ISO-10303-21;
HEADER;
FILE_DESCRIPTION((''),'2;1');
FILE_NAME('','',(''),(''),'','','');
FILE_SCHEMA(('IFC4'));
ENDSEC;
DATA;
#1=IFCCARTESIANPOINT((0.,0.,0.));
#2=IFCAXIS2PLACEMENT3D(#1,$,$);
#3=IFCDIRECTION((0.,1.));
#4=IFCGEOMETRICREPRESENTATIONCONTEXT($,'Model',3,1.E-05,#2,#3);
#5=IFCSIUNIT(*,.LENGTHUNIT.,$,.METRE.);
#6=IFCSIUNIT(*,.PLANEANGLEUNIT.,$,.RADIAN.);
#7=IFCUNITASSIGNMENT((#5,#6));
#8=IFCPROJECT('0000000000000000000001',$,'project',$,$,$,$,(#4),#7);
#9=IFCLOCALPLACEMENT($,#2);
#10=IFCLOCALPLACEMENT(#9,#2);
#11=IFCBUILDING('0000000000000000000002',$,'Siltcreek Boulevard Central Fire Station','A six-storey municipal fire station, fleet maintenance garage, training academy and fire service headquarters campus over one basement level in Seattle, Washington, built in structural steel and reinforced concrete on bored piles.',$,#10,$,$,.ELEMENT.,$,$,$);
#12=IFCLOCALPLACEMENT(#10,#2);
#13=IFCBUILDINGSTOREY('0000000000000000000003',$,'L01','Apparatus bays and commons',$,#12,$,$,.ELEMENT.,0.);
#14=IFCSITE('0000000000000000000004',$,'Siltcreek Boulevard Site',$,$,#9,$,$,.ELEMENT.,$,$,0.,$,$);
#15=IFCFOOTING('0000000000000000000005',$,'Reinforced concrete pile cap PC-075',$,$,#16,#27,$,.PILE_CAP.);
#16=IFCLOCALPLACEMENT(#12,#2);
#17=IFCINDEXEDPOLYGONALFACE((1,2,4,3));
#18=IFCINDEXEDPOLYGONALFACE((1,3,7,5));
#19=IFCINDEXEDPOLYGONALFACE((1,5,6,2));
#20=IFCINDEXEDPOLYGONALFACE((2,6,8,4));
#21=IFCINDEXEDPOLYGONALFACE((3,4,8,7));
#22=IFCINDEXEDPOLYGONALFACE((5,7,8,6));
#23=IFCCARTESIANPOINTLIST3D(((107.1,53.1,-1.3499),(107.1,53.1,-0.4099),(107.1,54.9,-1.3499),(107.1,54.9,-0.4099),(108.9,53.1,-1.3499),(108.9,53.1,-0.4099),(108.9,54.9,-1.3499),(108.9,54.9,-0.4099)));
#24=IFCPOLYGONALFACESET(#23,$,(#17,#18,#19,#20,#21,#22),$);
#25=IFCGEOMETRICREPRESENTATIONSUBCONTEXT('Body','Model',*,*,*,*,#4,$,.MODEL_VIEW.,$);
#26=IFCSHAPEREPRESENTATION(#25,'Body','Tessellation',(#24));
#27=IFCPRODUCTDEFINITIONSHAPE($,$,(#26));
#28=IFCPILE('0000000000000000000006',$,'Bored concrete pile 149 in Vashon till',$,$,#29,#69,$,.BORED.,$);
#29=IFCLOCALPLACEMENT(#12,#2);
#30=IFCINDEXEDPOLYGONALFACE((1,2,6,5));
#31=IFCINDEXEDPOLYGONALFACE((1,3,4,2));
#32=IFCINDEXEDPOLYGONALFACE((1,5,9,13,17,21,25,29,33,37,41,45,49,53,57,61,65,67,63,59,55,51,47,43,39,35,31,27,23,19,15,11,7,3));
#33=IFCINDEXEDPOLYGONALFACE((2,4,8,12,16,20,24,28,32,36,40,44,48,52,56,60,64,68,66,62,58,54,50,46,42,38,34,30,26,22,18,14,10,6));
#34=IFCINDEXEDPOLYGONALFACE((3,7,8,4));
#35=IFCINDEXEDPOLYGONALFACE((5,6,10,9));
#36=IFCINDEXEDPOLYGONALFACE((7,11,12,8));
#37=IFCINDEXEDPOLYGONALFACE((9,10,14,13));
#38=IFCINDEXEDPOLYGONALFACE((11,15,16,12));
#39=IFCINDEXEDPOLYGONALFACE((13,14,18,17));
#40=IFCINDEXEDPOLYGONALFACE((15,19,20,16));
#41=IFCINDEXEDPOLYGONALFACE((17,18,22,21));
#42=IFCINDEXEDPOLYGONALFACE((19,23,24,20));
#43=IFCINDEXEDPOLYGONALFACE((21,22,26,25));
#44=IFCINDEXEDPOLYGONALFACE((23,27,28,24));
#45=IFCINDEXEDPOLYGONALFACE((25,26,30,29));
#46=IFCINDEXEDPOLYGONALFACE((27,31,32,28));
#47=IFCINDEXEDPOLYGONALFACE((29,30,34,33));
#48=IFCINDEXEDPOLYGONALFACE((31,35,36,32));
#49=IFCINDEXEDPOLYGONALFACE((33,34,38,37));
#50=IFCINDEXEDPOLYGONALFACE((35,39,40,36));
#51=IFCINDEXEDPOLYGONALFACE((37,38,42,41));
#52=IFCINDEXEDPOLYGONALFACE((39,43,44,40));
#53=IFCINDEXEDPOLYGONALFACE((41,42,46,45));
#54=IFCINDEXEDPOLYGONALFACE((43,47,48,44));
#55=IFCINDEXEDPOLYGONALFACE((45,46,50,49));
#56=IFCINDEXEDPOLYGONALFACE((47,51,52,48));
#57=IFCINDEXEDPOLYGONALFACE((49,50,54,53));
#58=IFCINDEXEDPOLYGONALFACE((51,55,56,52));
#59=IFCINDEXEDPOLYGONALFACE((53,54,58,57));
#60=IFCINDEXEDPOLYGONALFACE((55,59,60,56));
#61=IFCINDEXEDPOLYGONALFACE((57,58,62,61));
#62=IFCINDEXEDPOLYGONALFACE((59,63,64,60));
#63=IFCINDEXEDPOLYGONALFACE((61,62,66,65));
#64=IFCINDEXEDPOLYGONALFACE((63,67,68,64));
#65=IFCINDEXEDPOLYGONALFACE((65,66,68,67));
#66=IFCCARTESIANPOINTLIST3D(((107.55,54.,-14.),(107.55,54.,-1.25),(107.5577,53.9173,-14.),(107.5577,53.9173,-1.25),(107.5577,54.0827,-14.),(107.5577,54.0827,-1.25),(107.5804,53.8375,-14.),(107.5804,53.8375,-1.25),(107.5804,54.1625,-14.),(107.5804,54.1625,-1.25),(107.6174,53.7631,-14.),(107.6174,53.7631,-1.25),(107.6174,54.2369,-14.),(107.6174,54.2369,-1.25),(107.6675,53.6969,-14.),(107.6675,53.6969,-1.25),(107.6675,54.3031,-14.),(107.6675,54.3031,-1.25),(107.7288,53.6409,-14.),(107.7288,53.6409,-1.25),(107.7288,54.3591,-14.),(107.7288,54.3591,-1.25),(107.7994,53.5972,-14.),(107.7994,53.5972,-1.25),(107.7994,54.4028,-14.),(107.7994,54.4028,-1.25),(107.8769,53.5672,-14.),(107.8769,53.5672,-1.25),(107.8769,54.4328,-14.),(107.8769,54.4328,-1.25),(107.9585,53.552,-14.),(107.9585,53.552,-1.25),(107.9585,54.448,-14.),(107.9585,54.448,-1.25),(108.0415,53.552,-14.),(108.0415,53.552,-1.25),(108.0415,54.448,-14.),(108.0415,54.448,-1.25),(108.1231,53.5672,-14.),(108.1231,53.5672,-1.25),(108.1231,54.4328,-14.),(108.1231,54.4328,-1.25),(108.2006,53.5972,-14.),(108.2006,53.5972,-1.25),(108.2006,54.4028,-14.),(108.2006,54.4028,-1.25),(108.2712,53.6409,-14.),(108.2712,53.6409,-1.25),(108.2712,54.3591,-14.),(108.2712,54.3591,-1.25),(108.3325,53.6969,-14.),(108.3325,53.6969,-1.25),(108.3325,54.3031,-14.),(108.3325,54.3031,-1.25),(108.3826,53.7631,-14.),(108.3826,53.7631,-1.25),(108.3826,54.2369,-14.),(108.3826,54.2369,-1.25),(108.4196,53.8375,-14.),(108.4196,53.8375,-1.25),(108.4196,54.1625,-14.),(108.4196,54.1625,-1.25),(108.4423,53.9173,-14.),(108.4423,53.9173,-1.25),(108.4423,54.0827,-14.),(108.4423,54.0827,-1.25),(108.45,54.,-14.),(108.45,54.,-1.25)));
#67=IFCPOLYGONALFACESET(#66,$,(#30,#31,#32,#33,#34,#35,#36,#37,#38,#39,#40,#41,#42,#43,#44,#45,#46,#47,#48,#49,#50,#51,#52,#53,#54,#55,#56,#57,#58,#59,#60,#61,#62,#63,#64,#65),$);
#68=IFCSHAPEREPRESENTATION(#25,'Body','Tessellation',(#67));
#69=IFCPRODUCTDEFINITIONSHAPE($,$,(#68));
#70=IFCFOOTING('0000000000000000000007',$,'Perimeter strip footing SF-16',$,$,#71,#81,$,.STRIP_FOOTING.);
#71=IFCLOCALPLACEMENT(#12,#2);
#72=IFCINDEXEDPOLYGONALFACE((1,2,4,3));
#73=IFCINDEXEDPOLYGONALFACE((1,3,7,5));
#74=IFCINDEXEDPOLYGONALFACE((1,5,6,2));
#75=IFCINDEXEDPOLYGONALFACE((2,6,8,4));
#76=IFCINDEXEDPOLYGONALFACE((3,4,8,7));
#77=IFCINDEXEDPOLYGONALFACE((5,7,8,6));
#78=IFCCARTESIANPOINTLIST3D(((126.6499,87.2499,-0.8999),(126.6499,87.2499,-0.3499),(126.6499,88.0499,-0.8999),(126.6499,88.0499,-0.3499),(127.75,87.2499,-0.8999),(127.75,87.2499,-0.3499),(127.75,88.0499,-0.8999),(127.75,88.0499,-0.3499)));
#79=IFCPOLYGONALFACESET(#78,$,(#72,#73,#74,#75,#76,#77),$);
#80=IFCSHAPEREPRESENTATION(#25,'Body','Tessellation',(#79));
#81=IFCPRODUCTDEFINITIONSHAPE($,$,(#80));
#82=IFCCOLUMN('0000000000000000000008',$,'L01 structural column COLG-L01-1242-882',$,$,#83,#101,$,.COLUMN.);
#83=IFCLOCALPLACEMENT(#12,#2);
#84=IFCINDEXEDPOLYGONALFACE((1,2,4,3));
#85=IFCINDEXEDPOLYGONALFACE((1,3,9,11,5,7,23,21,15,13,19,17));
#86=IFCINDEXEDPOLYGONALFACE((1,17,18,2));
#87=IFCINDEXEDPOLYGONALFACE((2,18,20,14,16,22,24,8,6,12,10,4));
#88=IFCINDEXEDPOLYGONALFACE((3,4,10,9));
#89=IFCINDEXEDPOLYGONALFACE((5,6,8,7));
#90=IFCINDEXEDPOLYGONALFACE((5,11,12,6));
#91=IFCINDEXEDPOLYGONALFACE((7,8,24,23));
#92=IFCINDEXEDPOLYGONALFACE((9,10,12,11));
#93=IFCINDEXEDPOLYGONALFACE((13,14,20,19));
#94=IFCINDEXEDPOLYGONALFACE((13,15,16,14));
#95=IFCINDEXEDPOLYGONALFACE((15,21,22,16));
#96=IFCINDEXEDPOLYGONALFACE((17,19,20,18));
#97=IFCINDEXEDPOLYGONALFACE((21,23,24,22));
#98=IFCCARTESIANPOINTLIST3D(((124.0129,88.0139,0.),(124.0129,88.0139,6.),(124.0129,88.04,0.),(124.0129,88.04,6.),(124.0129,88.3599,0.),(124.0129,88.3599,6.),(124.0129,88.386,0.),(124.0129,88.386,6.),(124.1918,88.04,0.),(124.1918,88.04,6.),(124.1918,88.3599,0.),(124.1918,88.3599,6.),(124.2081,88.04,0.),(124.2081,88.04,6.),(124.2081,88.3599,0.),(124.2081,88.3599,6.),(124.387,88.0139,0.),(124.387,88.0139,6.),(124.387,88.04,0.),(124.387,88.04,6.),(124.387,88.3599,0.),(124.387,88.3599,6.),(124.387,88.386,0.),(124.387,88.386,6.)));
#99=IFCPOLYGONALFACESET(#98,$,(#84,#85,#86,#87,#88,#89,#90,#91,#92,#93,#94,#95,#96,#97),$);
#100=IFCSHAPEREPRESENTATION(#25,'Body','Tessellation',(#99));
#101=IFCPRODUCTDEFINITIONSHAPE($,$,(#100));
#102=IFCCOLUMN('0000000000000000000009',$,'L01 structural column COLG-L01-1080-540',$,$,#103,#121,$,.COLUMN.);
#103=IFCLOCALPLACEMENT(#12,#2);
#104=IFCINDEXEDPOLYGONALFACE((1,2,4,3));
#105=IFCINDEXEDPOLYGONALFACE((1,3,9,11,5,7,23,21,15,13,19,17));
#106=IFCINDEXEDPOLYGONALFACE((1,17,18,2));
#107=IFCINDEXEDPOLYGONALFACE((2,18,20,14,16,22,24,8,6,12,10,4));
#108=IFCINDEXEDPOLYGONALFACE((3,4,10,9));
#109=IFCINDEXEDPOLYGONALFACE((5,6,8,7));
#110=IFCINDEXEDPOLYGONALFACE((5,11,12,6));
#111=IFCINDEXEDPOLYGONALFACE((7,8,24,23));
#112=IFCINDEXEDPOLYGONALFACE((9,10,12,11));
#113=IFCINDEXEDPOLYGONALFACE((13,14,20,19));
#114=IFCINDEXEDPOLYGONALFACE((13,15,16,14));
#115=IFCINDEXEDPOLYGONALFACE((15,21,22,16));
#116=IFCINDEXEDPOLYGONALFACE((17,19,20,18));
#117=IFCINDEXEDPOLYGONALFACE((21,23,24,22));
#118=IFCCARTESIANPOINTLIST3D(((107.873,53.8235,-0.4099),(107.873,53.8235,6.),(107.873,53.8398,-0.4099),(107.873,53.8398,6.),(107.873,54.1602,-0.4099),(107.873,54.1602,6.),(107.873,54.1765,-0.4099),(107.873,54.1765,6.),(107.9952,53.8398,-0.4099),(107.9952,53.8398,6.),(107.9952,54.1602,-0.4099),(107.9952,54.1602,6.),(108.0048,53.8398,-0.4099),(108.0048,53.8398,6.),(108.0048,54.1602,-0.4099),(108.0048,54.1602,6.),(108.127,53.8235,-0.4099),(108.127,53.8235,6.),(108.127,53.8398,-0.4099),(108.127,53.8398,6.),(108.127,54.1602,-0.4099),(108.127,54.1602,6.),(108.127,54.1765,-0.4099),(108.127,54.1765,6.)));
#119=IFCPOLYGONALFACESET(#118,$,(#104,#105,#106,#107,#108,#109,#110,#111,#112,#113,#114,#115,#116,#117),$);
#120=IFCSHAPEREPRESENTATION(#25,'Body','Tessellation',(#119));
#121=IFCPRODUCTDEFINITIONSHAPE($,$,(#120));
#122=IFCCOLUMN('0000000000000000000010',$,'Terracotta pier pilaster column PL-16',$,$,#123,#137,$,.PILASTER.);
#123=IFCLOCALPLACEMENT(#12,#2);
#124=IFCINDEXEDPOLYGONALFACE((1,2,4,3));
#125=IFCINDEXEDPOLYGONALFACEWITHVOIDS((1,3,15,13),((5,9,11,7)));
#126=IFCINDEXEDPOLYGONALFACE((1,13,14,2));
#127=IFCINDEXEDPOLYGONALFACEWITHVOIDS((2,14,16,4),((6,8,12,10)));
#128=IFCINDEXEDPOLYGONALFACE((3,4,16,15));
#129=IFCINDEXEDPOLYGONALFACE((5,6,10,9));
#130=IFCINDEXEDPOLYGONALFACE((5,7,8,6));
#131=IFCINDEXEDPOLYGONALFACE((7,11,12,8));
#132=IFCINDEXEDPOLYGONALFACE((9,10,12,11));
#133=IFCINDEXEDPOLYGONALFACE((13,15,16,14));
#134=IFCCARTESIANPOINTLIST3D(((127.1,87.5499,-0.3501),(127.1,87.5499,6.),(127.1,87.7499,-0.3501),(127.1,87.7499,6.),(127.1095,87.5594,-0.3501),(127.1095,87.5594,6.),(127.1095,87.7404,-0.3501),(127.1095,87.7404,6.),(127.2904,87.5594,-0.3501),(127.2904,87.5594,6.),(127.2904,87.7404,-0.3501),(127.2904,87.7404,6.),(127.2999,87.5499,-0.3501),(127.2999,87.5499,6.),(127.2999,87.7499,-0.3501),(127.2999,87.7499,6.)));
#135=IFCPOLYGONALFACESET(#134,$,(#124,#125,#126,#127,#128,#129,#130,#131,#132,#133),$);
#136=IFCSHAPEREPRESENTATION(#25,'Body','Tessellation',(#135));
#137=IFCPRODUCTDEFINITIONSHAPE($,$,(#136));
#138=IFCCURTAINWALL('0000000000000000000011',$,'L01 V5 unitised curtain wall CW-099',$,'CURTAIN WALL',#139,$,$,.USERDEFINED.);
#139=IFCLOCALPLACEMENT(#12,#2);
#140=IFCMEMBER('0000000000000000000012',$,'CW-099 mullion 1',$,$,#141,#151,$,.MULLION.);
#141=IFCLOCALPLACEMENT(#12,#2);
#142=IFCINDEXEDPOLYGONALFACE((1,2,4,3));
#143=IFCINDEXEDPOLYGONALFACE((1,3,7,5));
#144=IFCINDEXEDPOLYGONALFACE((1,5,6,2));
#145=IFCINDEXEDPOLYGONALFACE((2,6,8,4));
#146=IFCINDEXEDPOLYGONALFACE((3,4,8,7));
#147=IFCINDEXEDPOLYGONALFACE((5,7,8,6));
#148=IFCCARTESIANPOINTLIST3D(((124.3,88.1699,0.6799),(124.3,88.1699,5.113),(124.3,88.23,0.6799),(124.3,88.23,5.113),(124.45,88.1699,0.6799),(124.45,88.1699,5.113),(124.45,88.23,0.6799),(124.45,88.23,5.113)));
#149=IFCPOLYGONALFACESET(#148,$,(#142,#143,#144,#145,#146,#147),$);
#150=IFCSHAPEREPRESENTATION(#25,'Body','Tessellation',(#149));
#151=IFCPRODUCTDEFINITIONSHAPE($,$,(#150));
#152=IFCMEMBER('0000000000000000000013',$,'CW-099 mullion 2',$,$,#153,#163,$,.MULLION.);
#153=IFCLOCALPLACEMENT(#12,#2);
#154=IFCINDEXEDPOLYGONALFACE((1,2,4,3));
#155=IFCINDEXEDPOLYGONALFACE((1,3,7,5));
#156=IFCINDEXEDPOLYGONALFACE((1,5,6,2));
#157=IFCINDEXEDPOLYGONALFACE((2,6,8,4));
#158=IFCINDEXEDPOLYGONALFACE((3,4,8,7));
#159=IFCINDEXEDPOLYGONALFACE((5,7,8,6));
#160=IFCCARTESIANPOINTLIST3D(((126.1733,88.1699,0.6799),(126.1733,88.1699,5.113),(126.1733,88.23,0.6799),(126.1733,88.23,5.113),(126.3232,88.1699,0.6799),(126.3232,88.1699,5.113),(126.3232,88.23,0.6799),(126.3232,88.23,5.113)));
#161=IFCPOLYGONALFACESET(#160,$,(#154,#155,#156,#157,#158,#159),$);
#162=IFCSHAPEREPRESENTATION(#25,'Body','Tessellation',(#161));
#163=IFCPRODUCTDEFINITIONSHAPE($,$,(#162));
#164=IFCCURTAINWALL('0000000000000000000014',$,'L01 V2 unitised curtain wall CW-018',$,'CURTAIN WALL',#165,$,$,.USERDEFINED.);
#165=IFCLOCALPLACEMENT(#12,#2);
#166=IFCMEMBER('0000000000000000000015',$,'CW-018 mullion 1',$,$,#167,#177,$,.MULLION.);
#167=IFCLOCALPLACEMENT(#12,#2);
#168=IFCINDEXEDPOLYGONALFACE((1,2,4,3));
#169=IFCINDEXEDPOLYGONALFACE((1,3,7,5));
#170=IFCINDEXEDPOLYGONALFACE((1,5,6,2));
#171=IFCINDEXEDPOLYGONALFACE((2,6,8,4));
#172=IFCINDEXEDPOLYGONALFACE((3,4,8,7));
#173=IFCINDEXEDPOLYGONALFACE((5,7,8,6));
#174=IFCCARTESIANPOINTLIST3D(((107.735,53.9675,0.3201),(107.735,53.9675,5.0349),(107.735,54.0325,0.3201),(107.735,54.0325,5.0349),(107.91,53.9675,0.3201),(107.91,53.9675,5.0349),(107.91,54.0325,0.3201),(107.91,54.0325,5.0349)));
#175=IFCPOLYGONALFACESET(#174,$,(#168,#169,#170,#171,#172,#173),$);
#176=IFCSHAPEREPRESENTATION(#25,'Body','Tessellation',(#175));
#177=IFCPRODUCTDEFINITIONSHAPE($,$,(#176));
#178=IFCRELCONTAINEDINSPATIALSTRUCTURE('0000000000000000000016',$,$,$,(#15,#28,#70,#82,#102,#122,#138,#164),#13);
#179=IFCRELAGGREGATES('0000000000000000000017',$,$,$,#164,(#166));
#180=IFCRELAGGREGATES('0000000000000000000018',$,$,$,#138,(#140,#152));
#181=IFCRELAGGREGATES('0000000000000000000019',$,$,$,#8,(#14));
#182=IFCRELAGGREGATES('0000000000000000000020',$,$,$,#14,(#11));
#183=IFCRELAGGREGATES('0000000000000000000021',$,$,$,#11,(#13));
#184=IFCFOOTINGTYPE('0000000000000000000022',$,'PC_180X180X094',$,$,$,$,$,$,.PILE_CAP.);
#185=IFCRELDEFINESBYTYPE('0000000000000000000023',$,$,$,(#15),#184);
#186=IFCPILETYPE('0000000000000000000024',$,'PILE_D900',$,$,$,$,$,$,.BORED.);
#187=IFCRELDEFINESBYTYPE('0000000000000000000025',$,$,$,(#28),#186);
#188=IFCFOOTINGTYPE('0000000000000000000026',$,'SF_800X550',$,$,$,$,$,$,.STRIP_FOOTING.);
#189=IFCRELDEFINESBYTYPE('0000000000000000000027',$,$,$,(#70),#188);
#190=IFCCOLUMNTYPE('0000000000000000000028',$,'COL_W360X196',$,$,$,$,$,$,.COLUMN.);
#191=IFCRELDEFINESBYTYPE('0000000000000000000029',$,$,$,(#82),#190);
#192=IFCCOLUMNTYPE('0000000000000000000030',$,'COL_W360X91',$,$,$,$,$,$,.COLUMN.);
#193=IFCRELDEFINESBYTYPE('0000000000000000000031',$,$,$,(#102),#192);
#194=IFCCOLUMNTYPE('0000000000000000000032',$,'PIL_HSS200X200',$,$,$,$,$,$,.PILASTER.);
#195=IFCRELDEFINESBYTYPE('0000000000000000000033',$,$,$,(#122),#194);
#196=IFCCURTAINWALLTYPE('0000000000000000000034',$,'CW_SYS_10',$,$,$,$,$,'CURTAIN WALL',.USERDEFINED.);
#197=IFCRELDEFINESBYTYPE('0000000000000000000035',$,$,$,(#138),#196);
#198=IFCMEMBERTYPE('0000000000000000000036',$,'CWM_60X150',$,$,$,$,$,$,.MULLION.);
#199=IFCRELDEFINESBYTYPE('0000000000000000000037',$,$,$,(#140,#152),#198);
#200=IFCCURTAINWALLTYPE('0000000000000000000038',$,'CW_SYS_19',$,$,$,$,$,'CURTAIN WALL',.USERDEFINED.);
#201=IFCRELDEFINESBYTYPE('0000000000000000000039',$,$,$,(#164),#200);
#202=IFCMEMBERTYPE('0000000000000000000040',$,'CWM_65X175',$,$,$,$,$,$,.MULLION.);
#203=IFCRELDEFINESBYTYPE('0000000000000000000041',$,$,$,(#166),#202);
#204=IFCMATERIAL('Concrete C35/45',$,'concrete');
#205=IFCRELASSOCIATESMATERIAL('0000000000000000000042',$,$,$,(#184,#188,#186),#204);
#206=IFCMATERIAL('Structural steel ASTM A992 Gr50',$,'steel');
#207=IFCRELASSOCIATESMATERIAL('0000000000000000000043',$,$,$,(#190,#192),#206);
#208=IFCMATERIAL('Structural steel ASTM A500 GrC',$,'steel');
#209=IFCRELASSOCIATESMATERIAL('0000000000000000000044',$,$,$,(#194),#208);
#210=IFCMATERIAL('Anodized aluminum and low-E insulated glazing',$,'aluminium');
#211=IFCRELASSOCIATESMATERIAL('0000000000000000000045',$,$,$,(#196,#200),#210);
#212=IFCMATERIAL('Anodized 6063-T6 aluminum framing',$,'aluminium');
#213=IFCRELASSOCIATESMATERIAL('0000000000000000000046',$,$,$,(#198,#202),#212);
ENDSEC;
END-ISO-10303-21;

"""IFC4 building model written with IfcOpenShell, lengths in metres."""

from ifc_helpers import new_model, si_unit, direction, frame, origin, origin_2d, place, context, subcontext, project, spatial, rectangle, hollow_rectangle, circle, i_section, extrude, material, material_profile, profile_set, type_object, element, aggregate, save


model = new_model("IFC4")

# Units and contexts
model_context = context("Model", 3, precision=1e-05, world=origin(), true_north=direction((0.0, 1.0)))
body_context = subcontext(model_context, "Body", "Model", "MODEL_VIEW")
ifc_project = project(units=[si_unit("LENGTHUNIT", "METRE"), si_unit("PLANEANGLEUNIT", "RADIAN")], contexts=[model_context])

# Site, building, storey
site_placement = place(None, origin())
site = spatial("IfcSite", under=ifc_project, at=site_placement, Name="Siltcreek Boulevard Site", CompositionType="ELEMENT", RefElevation=0.0)
building_placement = place(site_placement, origin())
building = spatial("IfcBuilding", under=site, at=building_placement, Name="Siltcreek Boulevard Central Fire Station", Description="A six-storey municipal fire station, fleet maintenance garage, training academy and fire service headquarters campus over one basement level in Seattle, Washington, built in structural steel and reinforced concrete on bored piles.", CompositionType="ELEMENT")
storey_placement = place(building_placement, origin())
storey = spatial("IfcBuildingStorey", under=building, at=storey_placement, Name="L01", Description="Apparatus bays and commons", CompositionType="ELEMENT", Elevation=0.0)

# Footing
ifc_material_1 = material(Name="Concrete C35/45", Category="concrete")
footing_type_1 = type_object("IfcFootingType", Name="PC_180X180X094", PredefinedType="PILE_CAP", material=ifc_material_1)
footing_1_placement = place(storey_placement, frame((108.0, 54.0, -1.3499), z_axis=(0.0, 0.0, 1.0), x_axis=(1.0, 0.0, 0.0)))
element("IfcFooting", 1, at=footing_1_placement, inside=storey, type_object=footing_type_1, Name="Reinforced concrete pile cap PC-075", PredefinedType="PILE_CAP", context=body_context, shape_type="SweptSolid", body=[
    extrude(rectangle(XDim=1.8, YDim=1.8, at=origin_2d()), origin(), (0.0, 0.0, 1.0), 0.9399),
])

# Pile
ifc_material_profile_1 = material_profile(ifc_material_1, circle(Radius=0.45, at=origin_2d()), Name="SHAFT900")
ifc_profile_set_1 = profile_set([ifc_material_profile_1], Name="Concrete C35/45")
pile_type = type_object("IfcPileType", Name="PILE_D900", PredefinedType="BORED", material=ifc_profile_set_1)
pile_placement = place(storey_placement, frame((108.0, 54.0, -1.25), z_axis=(0.0, 0.0, -1.0), x_axis=(1.0, 0.0, 0.0)))
element("IfcPile", 2, at=pile_placement, inside=storey, type_object=pile_type, Name="Bored concrete pile 149 in Vashon till", PredefinedType="BORED", context=body_context, shape_type="SweptSolid", body=[
    extrude(circle(Radius=0.45, at=origin_2d()), origin(), (0.0, 0.0, 1.0), 12.75),
])

# Footing
footing_type_2 = type_object("IfcFootingType", Name="SF_800X550", PredefinedType="STRIP_FOOTING", material=ifc_material_1)
footing_2_placement = place(storey_placement, frame((127.2, 87.6499, -0.8999), z_axis=(0.0, 0.0, 1.0), x_axis=(1.0, 0.0, 0.0)))
element("IfcFooting", 3, at=footing_2_placement, inside=storey, type_object=footing_type_2, Name="Perimeter strip footing SF-16", PredefinedType="STRIP_FOOTING", context=body_context, shape_type="SweptSolid", body=[
    extrude(rectangle(XDim=1.1001, YDim=0.8, at=origin_2d()), origin(), (0.0, 0.0, 1.0), 0.55),
])

# Columns
ifc_material_2 = material(Name="Structural steel ASTM A992 Gr50", Category="steel")
ifc_material_profile_2 = material_profile(ifc_material_2, i_section(OverallWidth=0.374, OverallDepth=0.3721, WebThickness=0.0164, FlangeThickness=0.0261, at=origin_2d()), Name="W360X196")
ifc_profile_set_2 = profile_set([ifc_material_profile_2], Name="Structural steel ASTM A992 Gr50")
column_type_1 = type_object("IfcColumnType", Name="COL_W360X196", PredefinedType="COLUMN", material=ifc_profile_set_2)
column_1_placement = place(storey_placement, frame((124.2, 88.2, 0.0), z_axis=(0.0, 0.0, 1.0), x_axis=(1.0, 0.0, 0.0)))
element("IfcColumn", 4, at=column_1_placement, inside=storey, type_object=column_type_1, Name="L01 structural column COLG-L01-1242-882", PredefinedType="COLUMN", context=body_context, shape_type="SweptSolid", body=[
    extrude(i_section(OverallWidth=0.374, OverallDepth=0.3721, WebThickness=0.0164, FlangeThickness=0.0261, at=origin_2d()), origin(), (0.0, 0.0, 1.0), 6.0),
])
ifc_material_profile_3 = material_profile(ifc_material_2, i_section(OverallWidth=0.2539, OverallDepth=0.353, WebThickness=0.0095, FlangeThickness=0.0164, at=origin_2d()), Name="W360X91")
ifc_profile_set_3 = profile_set([ifc_material_profile_3], Name="Structural steel ASTM A992 Gr50")
column_type_2 = type_object("IfcColumnType", Name="COL_W360X91", PredefinedType="COLUMN", material=ifc_profile_set_3)
column_2_placement = place(storey_placement, frame((108.0, 54.0, -0.4099), z_axis=(0.0, 0.0, 1.0), x_axis=(1.0, 0.0, 0.0)))
element("IfcColumn", 5, at=column_2_placement, inside=storey, type_object=column_type_2, Name="L01 structural column COLG-L01-1080-540", PredefinedType="COLUMN", context=body_context, shape_type="SweptSolid", body=[
    extrude(i_section(OverallWidth=0.2539, OverallDepth=0.353, WebThickness=0.0095, FlangeThickness=0.0164, at=origin_2d()), origin(), (0.0, 0.0, 1.0), 6.4099),
])
ifc_material_3 = material(Name="Structural steel ASTM A500 GrC", Category="steel")
ifc_material_profile_4 = material_profile(ifc_material_3, hollow_rectangle(XDim=0.2, YDim=0.2, WallThickness=0.0095, at=origin_2d()), Name="HSS200X200X9.5")
ifc_profile_set_4 = profile_set([ifc_material_profile_4], Name="Structural steel ASTM A500 GrC")
column_type_3 = type_object("IfcColumnType", Name="PIL_HSS200X200", PredefinedType="PILASTER", material=ifc_profile_set_4)
column_3_placement = place(storey_placement, frame((127.2, 87.6499, -0.3501), z_axis=(0.0, 0.0, 1.0), x_axis=(1.0, 0.0, 0.0)))
element("IfcColumn", 6, at=column_3_placement, inside=storey, type_object=column_type_3, Name="Terracotta pier pilaster column PL-16", PredefinedType="PILASTER", context=body_context, shape_type="SweptSolid", body=[
    extrude(hollow_rectangle(XDim=0.2, YDim=0.2, WallThickness=0.0095, at=origin_2d()), origin(), (0.0, 0.0, 1.0), 6.3501),
])

# Curtain walls, members
ifc_material_4 = material(Name="Anodized aluminum and low-E insulated glazing", Category="aluminium")
curtain_wall_type_1 = type_object("IfcCurtainWallType", Name="CW_SYS_10", ElementType="CURTAIN WALL", PredefinedType="USERDEFINED", material=ifc_material_4)
curtain_wall_1_placement = place(storey_placement, origin())
curtain_wall_1 = element("IfcCurtainWall", 7, at=curtain_wall_1_placement, inside=storey, type_object=curtain_wall_type_1, Name="L01 V5 unitised curtain wall CW-099", ObjectType="CURTAIN WALL", PredefinedType="USERDEFINED")
ifc_material_5 = material(Name="Anodized 6063-T6 aluminum framing", Category="aluminium")
ifc_material_profile_5 = material_profile(ifc_material_5, rectangle(XDim=0.0601, YDim=0.1499, at=origin_2d()), Name="MULL60X150")
ifc_profile_set_5 = profile_set([ifc_material_profile_5], Name="Anodized 6063-T6 aluminum framing")
member_type_1 = type_object("IfcMemberType", Name="CWM_60X150", PredefinedType="MULLION", material=ifc_profile_set_5)
member_1_placement = place(storey_placement, frame((124.375, 88.2, 0.6799), z_axis=(0.0, 0.0, 1.0), x_axis=(0.0, 1.0, 0.0)))
member_1 = element("IfcMember", 8, at=member_1_placement, type_object=member_type_1, Name="CW-099 mullion 1", PredefinedType="MULLION", context=body_context, shape_type="SweptSolid", body=[
    extrude(rectangle(XDim=0.0601, YDim=0.1499, at=origin_2d()), origin(), (0.0, 0.0, 1.0), 4.4331),
])
member_2_placement = place(storey_placement, frame((126.2483, 88.2, 0.6799), z_axis=(0.0, 0.0, 1.0), x_axis=(0.0, 1.0, 0.0)))
member_2 = element("IfcMember", 9, at=member_2_placement, type_object=member_type_1, Name="CW-099 mullion 2", PredefinedType="MULLION", context=body_context, shape_type="SweptSolid", body=[
    extrude(rectangle(XDim=0.0601, YDim=0.1499, at=origin_2d()), origin(), (0.0, 0.0, 1.0), 4.4331),
])
curtain_wall_type_2 = type_object("IfcCurtainWallType", Name="CW_SYS_19", ElementType="CURTAIN WALL", PredefinedType="USERDEFINED", material=ifc_material_4)
curtain_wall_2_placement = place(storey_placement, origin())
curtain_wall_2 = element("IfcCurtainWall", 10, at=curtain_wall_2_placement, inside=storey, type_object=curtain_wall_type_2, Name="L01 V2 unitised curtain wall CW-018", ObjectType="CURTAIN WALL", PredefinedType="USERDEFINED")
ifc_material_profile_6 = material_profile(ifc_material_5, rectangle(XDim=0.0649, YDim=0.175, at=origin_2d()), Name="MULL65X175")
ifc_profile_set_6 = profile_set([ifc_material_profile_6], Name="Anodized 6063-T6 aluminum framing")
member_type_2 = type_object("IfcMemberType", Name="CWM_65X175", PredefinedType="MULLION", material=ifc_profile_set_6)
member_3_placement = place(storey_placement, frame((107.8225, 54.0, 0.3201), z_axis=(0.0, 0.0, 1.0), x_axis=(0.0, -1.0, 0.0)))
member_3 = element("IfcMember", 11, at=member_3_placement, type_object=member_type_2, Name="CW-018 mullion 1", PredefinedType="MULLION", context=body_context, shape_type="SweptSolid", body=[
    extrude(rectangle(XDim=0.0649, YDim=0.175, at=origin_2d()), origin(), (0.0, 0.0, 1.0), 4.7148),
])

aggregate(curtain_wall_2, [member_3])
aggregate(curtain_wall_1, [member_1, member_2])

save(model, "model.ifc")
